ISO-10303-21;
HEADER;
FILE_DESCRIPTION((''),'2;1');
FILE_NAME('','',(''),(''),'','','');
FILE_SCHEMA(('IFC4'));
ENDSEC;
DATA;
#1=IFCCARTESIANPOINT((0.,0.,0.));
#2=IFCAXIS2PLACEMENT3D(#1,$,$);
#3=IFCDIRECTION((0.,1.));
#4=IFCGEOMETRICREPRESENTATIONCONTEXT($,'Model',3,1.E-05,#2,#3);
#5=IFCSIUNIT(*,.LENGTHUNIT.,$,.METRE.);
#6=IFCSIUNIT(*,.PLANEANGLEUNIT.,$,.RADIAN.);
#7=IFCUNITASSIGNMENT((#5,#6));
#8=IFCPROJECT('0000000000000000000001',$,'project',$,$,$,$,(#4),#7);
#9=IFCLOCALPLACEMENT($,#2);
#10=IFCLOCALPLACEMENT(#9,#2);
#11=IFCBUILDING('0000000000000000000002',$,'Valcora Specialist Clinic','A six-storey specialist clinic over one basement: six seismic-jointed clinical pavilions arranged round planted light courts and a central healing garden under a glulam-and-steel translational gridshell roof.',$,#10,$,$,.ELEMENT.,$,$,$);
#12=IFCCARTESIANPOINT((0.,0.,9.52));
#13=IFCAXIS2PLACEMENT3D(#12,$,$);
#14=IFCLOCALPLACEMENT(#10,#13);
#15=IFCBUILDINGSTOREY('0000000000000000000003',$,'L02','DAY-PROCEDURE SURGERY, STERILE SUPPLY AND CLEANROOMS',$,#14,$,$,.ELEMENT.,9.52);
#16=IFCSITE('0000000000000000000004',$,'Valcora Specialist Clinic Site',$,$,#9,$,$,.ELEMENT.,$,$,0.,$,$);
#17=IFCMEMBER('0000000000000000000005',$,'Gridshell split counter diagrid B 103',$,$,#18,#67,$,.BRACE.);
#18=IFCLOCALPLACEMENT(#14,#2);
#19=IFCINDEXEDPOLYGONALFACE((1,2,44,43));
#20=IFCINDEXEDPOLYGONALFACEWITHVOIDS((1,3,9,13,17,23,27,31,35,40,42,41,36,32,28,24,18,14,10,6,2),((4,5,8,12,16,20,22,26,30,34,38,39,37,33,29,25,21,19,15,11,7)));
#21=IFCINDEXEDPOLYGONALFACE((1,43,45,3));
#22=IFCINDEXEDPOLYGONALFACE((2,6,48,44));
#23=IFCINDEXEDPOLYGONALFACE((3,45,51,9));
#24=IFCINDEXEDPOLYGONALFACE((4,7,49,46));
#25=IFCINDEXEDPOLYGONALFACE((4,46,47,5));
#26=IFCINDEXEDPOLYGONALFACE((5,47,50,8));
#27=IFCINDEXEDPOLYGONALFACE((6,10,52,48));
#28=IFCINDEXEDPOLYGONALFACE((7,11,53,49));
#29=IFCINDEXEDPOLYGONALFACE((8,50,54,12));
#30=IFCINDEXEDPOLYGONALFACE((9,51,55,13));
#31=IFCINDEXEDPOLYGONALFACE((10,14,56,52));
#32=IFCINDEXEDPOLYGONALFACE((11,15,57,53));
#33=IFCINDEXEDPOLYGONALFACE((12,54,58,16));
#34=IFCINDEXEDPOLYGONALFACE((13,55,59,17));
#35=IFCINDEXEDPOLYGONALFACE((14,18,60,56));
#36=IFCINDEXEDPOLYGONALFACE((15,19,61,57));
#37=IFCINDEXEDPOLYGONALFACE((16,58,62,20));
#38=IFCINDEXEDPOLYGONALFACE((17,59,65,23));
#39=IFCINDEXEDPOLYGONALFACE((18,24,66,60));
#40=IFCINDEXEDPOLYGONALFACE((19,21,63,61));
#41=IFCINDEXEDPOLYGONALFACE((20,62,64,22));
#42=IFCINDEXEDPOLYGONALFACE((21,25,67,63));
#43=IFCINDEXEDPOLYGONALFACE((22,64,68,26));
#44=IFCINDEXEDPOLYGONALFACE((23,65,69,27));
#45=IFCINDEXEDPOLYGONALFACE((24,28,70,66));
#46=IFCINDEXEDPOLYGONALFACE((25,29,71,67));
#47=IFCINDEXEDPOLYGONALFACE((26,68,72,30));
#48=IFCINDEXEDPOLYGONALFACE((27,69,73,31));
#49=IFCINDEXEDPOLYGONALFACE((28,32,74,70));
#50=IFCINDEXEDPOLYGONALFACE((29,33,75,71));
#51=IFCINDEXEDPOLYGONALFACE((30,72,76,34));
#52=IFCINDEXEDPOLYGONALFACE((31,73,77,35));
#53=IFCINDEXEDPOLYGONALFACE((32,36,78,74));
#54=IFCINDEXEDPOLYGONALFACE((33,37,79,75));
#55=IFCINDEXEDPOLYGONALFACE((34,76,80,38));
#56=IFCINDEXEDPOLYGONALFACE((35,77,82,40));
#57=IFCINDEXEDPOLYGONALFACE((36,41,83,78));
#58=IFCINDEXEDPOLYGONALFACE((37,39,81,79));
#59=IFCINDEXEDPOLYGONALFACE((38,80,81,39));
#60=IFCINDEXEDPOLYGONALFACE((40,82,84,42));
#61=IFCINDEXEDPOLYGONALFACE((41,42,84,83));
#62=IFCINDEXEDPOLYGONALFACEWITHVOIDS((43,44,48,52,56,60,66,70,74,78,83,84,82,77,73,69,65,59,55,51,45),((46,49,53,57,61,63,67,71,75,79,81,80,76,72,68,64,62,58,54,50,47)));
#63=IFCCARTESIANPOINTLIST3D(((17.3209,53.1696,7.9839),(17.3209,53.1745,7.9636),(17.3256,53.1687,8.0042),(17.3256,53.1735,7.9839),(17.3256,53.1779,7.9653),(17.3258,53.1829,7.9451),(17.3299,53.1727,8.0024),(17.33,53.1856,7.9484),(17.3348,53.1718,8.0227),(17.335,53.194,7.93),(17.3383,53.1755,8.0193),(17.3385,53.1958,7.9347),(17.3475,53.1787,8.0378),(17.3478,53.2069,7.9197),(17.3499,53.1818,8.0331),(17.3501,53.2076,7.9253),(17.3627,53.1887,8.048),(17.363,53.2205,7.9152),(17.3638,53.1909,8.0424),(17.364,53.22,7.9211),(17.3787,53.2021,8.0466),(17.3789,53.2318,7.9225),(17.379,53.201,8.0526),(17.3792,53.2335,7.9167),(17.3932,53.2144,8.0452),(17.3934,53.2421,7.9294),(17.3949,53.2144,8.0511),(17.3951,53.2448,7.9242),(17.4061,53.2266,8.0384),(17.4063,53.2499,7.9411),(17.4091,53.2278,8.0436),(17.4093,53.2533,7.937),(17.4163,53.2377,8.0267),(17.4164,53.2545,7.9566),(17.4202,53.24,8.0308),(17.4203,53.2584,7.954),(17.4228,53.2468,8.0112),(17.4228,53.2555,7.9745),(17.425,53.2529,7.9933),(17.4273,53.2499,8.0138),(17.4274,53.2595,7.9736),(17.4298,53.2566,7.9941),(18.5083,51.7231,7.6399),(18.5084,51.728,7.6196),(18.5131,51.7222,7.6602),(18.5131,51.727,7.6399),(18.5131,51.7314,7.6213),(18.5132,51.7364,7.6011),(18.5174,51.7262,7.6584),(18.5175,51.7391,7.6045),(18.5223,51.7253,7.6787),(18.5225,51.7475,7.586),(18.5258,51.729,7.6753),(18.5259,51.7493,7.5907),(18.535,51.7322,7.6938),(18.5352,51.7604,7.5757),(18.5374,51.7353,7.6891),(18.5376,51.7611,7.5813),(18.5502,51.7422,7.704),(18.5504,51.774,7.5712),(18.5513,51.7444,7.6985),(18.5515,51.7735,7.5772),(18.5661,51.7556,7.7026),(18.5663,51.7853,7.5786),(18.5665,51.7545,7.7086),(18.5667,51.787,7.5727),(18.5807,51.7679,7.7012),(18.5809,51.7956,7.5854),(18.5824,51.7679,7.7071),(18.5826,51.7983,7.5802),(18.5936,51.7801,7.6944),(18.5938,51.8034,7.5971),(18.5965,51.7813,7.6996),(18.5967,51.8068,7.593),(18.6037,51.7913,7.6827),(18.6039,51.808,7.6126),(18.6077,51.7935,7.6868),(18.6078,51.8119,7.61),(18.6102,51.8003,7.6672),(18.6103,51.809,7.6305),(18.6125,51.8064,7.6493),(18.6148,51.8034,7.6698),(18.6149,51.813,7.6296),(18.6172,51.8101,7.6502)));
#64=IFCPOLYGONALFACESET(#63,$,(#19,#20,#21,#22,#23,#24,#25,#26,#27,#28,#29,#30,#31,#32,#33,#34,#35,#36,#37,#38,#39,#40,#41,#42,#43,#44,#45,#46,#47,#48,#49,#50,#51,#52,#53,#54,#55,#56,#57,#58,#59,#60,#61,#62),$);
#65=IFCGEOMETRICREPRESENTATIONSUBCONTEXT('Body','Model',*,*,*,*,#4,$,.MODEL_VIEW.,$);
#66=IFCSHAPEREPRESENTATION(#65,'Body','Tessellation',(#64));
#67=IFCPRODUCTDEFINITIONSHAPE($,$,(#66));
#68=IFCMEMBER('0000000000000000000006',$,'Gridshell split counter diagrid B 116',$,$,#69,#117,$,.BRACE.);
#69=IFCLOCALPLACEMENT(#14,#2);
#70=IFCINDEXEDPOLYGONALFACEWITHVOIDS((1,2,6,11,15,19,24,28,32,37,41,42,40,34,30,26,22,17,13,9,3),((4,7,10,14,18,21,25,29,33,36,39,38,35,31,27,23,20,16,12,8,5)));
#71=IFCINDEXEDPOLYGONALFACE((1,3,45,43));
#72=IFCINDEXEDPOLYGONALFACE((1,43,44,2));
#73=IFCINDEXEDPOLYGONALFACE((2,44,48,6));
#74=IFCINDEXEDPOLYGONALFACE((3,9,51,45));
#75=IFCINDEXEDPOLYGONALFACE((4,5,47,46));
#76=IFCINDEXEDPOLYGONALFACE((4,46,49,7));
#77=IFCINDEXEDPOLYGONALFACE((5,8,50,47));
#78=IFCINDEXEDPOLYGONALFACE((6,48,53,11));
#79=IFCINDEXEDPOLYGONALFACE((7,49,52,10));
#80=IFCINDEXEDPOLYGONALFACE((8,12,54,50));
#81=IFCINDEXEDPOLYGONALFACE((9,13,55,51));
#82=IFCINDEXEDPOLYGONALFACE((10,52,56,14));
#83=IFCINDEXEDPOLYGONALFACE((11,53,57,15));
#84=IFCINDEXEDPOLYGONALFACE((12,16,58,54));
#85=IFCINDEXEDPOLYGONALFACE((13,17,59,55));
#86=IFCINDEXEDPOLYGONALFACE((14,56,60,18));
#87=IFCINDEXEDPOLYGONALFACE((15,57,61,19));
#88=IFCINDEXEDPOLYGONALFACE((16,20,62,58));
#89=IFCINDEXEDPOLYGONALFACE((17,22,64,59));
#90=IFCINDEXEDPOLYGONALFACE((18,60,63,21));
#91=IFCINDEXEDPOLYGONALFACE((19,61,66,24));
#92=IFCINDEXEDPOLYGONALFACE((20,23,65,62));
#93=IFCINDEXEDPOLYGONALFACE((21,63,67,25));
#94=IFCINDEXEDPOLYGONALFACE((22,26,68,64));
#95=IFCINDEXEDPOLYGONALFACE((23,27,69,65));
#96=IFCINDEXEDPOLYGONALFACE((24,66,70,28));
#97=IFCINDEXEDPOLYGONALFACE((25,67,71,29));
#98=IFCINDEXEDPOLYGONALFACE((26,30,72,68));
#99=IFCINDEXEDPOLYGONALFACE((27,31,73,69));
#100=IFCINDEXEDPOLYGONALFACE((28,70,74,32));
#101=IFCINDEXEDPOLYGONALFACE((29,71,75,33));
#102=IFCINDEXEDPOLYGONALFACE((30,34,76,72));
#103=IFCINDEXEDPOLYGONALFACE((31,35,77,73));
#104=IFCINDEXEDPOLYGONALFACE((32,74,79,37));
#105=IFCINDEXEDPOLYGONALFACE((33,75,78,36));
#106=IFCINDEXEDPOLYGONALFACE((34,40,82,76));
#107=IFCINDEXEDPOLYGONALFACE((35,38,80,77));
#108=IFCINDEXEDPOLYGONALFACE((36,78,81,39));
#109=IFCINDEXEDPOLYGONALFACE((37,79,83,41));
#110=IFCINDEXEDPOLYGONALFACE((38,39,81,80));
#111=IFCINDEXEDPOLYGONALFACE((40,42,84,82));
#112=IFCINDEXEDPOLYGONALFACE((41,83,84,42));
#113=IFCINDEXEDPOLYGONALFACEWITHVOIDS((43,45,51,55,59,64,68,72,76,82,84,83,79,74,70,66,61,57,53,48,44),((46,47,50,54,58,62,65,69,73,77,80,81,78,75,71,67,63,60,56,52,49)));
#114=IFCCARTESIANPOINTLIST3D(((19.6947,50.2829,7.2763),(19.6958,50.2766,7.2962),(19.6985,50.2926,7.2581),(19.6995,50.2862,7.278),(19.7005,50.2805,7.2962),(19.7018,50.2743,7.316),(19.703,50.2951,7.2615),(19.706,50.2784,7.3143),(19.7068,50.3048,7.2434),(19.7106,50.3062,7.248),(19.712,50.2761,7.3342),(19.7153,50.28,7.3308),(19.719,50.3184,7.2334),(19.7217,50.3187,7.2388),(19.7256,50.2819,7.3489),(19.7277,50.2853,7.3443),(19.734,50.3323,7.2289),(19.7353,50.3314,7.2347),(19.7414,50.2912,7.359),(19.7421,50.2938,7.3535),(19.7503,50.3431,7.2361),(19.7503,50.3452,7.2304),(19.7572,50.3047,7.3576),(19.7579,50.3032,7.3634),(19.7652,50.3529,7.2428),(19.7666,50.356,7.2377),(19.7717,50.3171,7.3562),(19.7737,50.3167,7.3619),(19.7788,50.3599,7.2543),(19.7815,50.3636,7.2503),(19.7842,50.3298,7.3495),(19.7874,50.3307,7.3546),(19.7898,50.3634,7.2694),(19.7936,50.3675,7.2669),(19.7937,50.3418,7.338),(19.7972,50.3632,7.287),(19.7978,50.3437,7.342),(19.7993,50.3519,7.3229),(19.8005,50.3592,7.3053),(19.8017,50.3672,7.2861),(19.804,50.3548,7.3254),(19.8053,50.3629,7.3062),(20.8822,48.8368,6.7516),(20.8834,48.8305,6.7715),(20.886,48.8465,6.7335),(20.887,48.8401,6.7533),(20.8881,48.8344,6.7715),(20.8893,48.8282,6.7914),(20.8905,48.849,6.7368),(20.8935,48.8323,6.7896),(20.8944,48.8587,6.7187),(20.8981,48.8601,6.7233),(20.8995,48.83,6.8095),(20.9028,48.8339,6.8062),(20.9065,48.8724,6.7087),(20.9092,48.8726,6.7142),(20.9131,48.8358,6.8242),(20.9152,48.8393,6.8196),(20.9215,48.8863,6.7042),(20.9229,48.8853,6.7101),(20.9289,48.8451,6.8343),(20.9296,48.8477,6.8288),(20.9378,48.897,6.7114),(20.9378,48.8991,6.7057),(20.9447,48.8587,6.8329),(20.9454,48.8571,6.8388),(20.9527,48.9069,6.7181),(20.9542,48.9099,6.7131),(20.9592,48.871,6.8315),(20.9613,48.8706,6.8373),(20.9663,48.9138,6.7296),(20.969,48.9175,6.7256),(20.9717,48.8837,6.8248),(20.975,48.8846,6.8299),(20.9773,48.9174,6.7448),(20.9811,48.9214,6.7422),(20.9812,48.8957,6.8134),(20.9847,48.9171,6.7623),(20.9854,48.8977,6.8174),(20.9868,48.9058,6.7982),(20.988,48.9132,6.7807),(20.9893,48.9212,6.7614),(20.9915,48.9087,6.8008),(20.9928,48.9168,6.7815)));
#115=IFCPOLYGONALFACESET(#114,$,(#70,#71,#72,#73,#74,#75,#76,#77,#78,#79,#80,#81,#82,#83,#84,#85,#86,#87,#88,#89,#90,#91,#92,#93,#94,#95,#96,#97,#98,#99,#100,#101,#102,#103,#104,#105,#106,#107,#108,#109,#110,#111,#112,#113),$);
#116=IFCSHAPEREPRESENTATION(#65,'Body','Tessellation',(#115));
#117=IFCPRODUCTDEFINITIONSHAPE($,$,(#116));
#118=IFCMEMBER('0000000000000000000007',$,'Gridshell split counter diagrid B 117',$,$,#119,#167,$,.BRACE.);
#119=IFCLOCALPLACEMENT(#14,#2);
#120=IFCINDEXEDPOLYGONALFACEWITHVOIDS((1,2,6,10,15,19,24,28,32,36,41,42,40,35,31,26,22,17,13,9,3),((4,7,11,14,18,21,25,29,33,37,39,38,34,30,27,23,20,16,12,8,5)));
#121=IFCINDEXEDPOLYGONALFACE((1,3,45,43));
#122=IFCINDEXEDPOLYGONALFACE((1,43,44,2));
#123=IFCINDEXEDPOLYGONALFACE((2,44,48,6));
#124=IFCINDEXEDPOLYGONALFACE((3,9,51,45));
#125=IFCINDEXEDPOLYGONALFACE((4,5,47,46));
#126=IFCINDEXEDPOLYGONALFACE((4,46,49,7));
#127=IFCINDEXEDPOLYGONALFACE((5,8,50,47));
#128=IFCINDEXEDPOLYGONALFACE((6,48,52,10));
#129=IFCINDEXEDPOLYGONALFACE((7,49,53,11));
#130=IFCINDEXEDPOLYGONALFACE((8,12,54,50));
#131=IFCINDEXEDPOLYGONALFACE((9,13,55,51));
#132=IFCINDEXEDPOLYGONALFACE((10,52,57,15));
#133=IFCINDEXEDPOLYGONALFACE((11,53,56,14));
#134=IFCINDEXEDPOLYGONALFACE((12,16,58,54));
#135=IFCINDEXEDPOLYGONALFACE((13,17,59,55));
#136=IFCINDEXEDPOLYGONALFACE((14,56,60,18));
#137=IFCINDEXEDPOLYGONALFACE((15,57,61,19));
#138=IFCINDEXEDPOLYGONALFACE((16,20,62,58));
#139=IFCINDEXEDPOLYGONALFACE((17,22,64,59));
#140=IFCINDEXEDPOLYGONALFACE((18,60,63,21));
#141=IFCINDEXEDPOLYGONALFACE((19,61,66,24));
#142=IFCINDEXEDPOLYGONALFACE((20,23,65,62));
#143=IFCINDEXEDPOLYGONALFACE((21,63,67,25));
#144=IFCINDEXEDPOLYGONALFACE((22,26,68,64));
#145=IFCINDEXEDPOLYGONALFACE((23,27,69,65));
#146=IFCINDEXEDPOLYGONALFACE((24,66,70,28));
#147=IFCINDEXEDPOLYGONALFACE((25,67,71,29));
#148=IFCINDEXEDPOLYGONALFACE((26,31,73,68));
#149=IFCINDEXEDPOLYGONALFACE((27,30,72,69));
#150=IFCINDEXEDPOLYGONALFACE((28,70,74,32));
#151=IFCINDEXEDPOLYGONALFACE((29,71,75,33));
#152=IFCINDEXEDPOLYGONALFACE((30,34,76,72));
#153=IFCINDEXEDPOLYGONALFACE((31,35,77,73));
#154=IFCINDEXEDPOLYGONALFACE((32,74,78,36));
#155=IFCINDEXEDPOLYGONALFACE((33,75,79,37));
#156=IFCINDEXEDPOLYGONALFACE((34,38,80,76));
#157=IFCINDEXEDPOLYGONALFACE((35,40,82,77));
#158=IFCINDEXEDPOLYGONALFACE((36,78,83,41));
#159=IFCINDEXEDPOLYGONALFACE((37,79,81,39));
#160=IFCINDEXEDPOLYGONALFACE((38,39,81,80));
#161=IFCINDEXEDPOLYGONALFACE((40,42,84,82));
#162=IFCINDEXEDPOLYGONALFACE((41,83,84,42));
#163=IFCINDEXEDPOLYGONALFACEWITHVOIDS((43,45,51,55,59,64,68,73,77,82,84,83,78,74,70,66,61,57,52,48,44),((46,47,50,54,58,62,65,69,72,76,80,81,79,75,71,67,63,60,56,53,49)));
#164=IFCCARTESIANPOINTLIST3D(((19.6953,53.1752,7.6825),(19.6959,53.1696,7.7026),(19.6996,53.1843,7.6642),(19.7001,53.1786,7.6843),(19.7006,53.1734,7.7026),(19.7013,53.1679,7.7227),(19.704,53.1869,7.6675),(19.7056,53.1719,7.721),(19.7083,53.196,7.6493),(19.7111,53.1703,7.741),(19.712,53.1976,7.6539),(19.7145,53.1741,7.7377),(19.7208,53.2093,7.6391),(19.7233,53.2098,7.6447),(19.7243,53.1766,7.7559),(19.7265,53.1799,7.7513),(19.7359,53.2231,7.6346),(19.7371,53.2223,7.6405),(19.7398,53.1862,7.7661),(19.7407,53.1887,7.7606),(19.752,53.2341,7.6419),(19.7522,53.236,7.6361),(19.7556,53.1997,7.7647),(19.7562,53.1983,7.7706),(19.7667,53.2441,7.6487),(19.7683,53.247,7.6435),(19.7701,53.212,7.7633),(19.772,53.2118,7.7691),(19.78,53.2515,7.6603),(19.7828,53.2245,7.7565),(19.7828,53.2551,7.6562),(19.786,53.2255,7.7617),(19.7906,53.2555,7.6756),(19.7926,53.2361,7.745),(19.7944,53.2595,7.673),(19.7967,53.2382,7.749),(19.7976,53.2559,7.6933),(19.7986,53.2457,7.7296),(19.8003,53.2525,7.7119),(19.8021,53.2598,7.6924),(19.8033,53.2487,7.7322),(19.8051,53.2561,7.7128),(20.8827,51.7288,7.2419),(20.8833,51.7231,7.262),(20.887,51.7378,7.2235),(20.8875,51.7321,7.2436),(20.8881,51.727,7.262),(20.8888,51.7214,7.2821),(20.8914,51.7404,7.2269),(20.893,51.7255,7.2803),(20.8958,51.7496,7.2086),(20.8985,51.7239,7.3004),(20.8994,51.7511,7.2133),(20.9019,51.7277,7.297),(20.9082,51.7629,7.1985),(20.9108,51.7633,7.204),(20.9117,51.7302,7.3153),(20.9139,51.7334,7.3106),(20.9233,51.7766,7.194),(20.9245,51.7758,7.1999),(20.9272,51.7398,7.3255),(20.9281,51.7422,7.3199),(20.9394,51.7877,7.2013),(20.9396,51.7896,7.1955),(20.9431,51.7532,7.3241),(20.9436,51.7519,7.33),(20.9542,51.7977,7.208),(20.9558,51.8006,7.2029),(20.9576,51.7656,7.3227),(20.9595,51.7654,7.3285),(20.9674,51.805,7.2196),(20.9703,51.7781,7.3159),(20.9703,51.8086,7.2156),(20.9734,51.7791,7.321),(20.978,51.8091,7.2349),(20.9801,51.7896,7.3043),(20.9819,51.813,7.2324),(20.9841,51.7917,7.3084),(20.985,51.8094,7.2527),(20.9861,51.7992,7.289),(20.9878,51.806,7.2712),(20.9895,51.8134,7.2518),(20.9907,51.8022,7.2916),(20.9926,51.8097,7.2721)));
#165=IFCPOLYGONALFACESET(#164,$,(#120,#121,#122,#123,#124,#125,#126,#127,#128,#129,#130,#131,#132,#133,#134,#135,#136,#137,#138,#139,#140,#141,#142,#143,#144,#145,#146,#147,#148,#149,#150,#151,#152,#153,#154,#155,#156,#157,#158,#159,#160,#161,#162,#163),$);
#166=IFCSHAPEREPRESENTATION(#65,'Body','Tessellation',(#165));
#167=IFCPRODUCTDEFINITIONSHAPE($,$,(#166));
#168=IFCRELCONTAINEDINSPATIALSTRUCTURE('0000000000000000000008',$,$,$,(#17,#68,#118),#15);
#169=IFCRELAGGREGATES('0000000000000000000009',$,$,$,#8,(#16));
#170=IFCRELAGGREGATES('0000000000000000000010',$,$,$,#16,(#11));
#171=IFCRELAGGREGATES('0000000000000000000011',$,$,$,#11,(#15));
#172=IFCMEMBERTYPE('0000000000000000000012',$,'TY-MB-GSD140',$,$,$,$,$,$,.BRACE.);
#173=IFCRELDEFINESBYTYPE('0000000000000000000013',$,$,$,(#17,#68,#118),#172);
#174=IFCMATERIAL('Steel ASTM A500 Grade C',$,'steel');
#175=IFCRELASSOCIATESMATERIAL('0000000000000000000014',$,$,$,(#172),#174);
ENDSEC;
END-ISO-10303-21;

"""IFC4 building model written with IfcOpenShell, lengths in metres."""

from ifc_helpers import new_model, si_unit, direction, frame, origin, origin_2d, place, context, subcontext, project, spatial, hollow_circle, extrude, material, material_profile, profile_set, type_object, element, save


model = new_model("IFC4")

# Units and contexts
model_context = context("Model", 3, precision=1e-05, world=origin(), true_north=direction((0.0, 1.0)))
body_context = subcontext(model_context, "Body", "Model", "MODEL_VIEW")
ifc_project = project(units=[si_unit("LENGTHUNIT", "METRE"), si_unit("PLANEANGLEUNIT", "RADIAN")], contexts=[model_context])

# Site, building, storey
site_placement = place(None, origin())
site = spatial("IfcSite", under=ifc_project, at=site_placement, Name="Valcora Specialist Clinic Site", CompositionType="ELEMENT", RefElevation=0.0)
building_placement = place(site_placement, origin())
building = spatial("IfcBuilding", under=site, at=building_placement, Name="Valcora Specialist Clinic", Description="A six-storey specialist clinic over one basement: six seismic-jointed clinical pavilions arranged round planted light courts and a central healing garden under a glulam-and-steel translational gridshell roof.", CompositionType="ELEMENT")
storey_placement = place(building_placement, frame((0.0, 0.0, 9.52)))
storey = spatial("IfcBuildingStorey", under=building, at=storey_placement, Name="L02", Description="DAY-PROCEDURE SURGERY, STERILE SUPPLY AND CLEANROOMS", CompositionType="ELEMENT", Elevation=9.52)

# Members
ifc_material_1 = material(Name="Steel ASTM A500 Grade C", Category="steel")
ifc_material_profile_1 = material_profile(ifc_material_1, hollow_circle(Radius=0.0701, WallThickness=0.0061, at=origin_2d()), Name="ST-CHS-140X6")
ifc_profile_set_1 = profile_set([ifc_material_profile_1], Name="Steel ASTM A500 Grade C")
member_type_1 = type_object("IfcMemberType", Name="TY-MB-GSD140", PredefinedType="BRACE", material=ifc_profile_set_1)
member_1_placement = place(storey_placement, frame((18.5625, 51.7676, 7.6399), z_axis=(-0.624055, 0.760182, 0.180776), x_axis=(-0.772916, -0.634508, 0.0)))
element("IfcMember", 1, at=member_1_placement, inside=storey, type_object=member_type_1, Name="Gridshell split counter diagrid B 103", PredefinedType="BRACE", context=body_context, shape_type="SweptSolid", body=[
    extrude(hollow_circle(Radius=0.0701, WallThickness=0.0061, at=origin_2d()), origin(), (0.0, 0.0, 1.0), 1.9028),
])
member_2_placement = place(storey_placement, frame((20.9375, 48.875, 6.7715), z_axis=(-0.61107, 0.744113, 0.269981), x_axis=(-0.772811, -0.634636, 0.0)))
element("IfcMember", 2, at=member_2_placement, inside=storey, type_object=member_type_1, Name="Gridshell split counter diagrid B 116", PredefinedType="BRACE", context=body_context, shape_type="SweptSolid", body=[
    extrude(hollow_circle(Radius=0.0701, WallThickness=0.0061, at=origin_2d()), origin(), (0.0, 0.0, 1.0), 1.9434),
])
member_3_placement = place(storey_placement, frame((20.9375, 51.7676, 7.262), z_axis=(-0.617618, 0.752341, 0.229194), x_axis=(-0.772916, -0.634508, 0.0)))
element("IfcMember", 3, at=member_3_placement, inside=storey, type_object=member_type_1, Name="Gridshell split counter diagrid B 117", PredefinedType="BRACE", context=body_context, shape_type="SweptSolid", body=[
    extrude(hollow_circle(Radius=0.0701, WallThickness=0.0061, at=origin_2d()), origin(), (0.0, 0.0, 1.0), 1.9226),
])

save(model, "model.ifc")
